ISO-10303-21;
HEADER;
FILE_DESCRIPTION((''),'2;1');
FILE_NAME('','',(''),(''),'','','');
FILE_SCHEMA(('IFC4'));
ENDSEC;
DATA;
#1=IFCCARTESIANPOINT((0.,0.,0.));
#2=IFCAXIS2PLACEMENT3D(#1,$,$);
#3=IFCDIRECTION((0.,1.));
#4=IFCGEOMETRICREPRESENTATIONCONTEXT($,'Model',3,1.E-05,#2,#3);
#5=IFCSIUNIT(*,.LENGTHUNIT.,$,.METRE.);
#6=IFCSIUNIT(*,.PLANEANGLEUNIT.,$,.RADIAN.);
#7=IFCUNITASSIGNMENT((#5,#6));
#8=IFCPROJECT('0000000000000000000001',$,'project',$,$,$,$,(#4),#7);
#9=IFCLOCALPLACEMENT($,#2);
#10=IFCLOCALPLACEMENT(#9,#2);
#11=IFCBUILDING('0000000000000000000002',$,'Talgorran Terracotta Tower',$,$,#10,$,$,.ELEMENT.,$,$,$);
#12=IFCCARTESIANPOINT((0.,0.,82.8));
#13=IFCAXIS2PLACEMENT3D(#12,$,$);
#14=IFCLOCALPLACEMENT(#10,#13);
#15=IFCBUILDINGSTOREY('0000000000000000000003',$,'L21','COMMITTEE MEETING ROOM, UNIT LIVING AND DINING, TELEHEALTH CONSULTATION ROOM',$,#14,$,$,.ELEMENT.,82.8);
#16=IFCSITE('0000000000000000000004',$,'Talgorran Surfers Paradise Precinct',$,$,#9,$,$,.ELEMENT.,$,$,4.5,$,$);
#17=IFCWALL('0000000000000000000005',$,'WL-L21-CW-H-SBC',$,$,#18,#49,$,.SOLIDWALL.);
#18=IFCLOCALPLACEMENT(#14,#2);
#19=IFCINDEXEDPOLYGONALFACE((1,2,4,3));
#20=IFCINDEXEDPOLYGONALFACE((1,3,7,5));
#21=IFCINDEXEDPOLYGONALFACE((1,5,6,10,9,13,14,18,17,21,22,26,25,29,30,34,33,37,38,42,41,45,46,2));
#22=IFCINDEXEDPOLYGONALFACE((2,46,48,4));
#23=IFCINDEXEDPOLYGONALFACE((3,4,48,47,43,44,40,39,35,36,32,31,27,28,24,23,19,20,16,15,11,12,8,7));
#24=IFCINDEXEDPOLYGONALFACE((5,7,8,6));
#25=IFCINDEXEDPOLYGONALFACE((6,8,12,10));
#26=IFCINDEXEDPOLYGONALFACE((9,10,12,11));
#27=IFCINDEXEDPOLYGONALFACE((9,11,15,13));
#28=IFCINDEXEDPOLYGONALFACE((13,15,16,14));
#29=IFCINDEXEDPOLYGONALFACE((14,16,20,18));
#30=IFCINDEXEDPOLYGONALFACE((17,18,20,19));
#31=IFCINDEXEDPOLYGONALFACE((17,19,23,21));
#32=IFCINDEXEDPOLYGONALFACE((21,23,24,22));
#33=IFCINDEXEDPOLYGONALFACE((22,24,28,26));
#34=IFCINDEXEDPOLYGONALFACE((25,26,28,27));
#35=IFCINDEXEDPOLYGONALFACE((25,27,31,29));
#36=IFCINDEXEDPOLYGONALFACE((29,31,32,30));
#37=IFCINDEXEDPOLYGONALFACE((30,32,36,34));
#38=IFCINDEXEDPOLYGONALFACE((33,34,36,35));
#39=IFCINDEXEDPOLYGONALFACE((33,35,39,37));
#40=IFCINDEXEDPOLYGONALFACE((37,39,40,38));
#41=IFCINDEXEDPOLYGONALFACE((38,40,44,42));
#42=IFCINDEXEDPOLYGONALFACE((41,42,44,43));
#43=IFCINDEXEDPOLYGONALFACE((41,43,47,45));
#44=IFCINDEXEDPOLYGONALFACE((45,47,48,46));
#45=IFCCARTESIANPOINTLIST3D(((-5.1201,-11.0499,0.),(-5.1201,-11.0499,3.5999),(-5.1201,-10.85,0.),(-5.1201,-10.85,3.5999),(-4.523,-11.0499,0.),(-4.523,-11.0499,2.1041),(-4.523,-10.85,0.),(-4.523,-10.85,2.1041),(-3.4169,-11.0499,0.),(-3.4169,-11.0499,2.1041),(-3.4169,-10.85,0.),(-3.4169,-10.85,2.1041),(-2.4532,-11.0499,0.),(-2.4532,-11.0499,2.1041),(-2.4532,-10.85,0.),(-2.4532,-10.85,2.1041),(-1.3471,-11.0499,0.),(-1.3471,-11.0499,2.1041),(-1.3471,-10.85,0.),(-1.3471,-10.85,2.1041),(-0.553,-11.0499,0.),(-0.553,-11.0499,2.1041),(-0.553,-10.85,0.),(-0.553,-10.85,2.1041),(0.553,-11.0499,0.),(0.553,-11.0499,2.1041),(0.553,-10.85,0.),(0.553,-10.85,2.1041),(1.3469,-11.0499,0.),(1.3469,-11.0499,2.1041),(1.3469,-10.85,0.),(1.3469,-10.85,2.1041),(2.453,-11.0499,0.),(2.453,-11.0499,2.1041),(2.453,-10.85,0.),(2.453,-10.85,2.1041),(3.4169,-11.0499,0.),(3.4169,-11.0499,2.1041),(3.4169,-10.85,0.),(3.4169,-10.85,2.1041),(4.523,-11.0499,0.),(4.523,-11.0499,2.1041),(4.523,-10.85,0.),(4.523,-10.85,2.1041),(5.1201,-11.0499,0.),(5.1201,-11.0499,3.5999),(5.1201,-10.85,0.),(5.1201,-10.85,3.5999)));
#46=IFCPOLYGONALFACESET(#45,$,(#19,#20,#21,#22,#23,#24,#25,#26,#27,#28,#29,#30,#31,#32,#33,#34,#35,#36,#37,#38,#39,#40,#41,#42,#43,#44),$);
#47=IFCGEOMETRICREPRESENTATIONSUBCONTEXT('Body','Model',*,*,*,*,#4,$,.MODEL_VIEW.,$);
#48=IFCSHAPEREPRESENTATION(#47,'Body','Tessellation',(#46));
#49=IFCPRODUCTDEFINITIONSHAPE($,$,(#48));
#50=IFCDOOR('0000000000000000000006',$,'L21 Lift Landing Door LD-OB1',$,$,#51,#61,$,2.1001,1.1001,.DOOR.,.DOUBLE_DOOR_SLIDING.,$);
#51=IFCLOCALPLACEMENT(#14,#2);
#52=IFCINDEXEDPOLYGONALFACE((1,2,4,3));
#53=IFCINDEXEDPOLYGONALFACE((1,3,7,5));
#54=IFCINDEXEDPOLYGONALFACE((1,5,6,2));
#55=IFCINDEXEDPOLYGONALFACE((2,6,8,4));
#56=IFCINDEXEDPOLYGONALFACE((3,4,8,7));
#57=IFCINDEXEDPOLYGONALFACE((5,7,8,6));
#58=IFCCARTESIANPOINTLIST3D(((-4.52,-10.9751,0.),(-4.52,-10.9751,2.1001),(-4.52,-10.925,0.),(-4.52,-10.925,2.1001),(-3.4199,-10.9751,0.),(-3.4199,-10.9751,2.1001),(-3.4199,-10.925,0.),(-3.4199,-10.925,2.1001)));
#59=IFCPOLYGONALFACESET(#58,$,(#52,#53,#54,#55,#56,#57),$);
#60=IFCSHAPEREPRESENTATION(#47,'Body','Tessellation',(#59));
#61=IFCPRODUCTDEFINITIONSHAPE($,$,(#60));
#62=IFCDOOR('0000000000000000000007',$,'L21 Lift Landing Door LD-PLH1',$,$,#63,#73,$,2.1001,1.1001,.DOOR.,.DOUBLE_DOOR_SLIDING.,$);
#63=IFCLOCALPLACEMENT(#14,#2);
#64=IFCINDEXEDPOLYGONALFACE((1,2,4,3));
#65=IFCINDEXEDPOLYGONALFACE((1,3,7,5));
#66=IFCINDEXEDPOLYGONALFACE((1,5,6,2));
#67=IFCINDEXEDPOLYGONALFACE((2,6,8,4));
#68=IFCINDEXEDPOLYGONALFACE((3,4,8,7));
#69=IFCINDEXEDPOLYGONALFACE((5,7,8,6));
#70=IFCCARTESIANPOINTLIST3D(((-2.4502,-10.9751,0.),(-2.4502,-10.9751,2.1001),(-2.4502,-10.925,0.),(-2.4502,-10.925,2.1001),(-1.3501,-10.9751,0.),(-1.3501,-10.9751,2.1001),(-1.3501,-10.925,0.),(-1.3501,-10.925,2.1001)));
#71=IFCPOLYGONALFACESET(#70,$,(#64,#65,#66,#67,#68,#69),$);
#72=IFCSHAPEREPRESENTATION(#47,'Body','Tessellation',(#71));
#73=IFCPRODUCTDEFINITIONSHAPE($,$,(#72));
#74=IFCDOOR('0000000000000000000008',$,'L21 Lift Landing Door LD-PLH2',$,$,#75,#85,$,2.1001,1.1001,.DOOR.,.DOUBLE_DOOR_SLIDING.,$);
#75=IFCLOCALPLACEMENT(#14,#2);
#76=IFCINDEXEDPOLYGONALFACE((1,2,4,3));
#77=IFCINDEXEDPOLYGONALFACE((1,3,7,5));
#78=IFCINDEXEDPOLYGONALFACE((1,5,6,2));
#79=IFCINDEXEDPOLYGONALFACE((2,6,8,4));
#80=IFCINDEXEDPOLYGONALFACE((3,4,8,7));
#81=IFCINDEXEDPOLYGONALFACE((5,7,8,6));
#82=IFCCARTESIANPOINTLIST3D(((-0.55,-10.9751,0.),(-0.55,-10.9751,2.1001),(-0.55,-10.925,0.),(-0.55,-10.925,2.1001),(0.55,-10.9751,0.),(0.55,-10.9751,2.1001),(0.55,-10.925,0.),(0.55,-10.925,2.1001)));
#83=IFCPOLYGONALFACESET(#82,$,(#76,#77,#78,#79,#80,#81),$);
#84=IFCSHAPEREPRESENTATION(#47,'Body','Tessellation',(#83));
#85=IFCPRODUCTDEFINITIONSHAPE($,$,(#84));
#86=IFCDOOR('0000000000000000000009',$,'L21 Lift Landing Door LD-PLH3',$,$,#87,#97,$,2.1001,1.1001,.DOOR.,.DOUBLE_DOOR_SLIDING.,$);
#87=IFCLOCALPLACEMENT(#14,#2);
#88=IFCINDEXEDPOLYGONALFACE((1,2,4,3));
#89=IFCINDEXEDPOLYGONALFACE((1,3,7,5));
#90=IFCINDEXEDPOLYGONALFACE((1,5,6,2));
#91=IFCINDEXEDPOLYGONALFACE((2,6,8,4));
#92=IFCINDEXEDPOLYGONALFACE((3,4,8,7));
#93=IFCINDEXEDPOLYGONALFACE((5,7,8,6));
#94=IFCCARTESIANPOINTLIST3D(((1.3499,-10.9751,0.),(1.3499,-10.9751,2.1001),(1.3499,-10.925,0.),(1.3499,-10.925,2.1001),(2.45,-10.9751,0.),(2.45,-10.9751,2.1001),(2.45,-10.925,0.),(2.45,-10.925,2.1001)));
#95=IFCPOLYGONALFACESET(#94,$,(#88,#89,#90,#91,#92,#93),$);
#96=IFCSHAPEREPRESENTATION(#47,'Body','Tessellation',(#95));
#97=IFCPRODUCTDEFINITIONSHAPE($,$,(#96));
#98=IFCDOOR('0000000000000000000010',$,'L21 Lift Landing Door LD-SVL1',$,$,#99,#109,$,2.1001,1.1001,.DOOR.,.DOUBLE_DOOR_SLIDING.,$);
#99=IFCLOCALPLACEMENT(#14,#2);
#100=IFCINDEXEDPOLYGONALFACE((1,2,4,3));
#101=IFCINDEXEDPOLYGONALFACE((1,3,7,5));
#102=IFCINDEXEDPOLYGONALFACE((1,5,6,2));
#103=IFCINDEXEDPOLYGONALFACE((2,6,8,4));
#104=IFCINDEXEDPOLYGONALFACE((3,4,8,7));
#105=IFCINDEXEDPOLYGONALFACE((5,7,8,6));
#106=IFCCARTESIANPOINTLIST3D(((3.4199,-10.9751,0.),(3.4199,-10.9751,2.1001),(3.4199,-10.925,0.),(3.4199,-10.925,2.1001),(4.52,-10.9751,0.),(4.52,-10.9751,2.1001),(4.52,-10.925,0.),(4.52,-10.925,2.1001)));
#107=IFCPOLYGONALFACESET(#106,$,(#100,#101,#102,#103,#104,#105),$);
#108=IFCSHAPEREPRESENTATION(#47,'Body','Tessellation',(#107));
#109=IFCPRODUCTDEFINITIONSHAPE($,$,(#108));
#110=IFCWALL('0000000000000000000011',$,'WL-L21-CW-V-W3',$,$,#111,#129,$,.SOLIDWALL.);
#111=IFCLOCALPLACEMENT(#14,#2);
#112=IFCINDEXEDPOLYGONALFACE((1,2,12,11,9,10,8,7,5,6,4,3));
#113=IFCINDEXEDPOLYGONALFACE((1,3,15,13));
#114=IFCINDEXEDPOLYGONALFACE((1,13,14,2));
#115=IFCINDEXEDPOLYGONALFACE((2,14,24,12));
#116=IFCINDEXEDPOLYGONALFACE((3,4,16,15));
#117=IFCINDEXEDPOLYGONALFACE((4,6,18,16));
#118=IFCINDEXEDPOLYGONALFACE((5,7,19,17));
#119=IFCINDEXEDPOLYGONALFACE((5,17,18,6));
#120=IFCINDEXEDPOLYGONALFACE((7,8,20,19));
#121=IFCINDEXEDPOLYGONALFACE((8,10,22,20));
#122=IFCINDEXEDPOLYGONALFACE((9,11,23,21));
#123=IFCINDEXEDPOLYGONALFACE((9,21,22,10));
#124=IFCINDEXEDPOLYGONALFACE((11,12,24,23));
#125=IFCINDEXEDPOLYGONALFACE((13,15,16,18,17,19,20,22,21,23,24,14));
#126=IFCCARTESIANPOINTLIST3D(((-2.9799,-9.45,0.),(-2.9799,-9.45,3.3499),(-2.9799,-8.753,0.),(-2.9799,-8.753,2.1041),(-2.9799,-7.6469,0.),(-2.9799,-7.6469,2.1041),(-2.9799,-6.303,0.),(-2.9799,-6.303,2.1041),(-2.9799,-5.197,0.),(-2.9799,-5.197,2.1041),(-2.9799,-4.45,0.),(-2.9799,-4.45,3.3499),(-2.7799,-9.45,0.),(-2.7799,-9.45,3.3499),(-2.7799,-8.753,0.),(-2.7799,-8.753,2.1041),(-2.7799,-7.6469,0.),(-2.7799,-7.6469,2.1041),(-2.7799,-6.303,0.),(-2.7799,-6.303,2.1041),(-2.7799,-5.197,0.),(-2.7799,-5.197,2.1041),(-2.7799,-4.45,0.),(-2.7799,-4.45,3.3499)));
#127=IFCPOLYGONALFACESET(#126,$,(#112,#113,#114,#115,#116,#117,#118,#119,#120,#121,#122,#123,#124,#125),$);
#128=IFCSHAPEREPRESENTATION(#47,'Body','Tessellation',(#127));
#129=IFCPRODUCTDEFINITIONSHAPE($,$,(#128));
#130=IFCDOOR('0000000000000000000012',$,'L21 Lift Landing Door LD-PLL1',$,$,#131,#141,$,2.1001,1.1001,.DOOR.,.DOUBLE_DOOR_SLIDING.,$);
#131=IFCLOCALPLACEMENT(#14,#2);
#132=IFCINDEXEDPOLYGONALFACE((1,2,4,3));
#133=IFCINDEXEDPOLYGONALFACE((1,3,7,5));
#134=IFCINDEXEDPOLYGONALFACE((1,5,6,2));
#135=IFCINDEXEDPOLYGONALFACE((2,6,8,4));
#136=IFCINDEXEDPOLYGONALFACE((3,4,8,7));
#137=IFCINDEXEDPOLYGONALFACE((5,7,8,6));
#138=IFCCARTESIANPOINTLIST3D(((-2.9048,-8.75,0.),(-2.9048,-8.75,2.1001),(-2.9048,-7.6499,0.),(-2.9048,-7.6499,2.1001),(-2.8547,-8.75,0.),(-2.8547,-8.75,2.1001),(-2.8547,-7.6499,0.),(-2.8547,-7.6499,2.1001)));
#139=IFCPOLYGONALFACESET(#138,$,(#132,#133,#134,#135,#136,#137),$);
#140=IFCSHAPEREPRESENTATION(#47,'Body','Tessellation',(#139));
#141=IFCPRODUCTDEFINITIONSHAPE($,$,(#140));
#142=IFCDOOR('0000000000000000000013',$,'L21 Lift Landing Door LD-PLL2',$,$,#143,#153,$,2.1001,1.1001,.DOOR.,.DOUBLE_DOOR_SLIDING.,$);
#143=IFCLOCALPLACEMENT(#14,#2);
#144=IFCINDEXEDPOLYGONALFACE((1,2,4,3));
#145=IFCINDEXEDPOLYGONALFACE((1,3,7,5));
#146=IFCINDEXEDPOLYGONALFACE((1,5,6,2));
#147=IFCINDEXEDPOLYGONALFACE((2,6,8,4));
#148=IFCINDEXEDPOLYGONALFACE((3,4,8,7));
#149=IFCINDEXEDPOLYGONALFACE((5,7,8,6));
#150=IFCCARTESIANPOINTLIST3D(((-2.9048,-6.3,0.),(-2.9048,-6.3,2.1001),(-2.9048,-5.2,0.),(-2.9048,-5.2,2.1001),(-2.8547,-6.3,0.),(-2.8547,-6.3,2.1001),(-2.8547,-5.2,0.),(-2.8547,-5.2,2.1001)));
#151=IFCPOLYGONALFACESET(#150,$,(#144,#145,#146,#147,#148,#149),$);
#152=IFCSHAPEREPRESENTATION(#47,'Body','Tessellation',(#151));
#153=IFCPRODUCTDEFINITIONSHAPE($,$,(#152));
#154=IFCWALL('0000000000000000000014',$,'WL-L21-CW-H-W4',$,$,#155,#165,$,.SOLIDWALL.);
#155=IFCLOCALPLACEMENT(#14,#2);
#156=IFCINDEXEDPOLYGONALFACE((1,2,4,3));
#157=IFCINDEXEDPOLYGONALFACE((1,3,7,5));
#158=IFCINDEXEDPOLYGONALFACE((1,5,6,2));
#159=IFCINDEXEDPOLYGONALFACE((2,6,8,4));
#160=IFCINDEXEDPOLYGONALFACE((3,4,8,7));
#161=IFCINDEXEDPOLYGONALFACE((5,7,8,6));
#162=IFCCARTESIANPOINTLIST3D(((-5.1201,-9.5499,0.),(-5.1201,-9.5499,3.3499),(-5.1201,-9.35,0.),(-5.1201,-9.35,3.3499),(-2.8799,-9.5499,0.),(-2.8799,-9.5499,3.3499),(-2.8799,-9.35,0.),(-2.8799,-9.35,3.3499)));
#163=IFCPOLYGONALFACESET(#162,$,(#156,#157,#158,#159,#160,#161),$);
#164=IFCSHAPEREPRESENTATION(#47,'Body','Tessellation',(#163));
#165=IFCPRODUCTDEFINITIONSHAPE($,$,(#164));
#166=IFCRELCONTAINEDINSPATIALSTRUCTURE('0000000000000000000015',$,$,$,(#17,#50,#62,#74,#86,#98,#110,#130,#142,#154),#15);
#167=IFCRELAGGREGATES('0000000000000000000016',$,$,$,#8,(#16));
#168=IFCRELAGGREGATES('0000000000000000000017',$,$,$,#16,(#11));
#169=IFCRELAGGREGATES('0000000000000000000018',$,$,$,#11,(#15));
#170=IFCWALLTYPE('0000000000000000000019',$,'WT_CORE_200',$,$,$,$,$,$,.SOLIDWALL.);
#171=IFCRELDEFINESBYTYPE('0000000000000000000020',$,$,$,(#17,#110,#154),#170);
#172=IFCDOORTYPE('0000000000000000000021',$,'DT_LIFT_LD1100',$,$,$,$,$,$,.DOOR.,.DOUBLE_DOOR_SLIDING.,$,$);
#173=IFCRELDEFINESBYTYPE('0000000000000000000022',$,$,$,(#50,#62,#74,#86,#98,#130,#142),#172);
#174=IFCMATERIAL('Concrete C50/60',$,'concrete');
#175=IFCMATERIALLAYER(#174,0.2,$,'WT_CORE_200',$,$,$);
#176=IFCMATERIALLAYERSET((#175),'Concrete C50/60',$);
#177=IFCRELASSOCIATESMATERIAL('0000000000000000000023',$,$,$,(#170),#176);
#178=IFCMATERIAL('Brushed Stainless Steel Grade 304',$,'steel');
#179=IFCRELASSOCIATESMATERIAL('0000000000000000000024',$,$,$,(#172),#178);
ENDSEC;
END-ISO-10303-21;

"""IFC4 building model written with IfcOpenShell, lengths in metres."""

from ifc_helpers import new_model, si_unit, direction, frame, frame_2d, origin, place, context, subcontext, project, spatial, rectangle, extrude, material, layer, layer_set, type_object, element, fill, save


model = new_model("IFC4")

# Units and contexts
model_context = context("Model", 3, precision=1e-05, world=origin(), true_north=direction((0.0, 1.0)))
body_context = subcontext(model_context, "Body", "Model", "MODEL_VIEW")
ifc_project = project(units=[si_unit("LENGTHUNIT", "METRE"), si_unit("PLANEANGLEUNIT", "RADIAN")], contexts=[model_context])

# Site, building, storey
site_placement = place(None, origin())
site = spatial("IfcSite", under=ifc_project, at=site_placement, Name="Talgorran Surfers Paradise Precinct", CompositionType="ELEMENT", RefElevation=4.5)
building_placement = place(site_placement, origin())
building = spatial("IfcBuilding", under=site, at=building_placement, Name="Talgorran Terracotta Tower", CompositionType="ELEMENT")
storey_placement = place(building_placement, frame((0.0, 0.0, 82.8)))
storey = spatial("IfcBuildingStorey", under=building, at=storey_placement, Name="L21", Description="COMMITTEE MEETING ROOM, UNIT LIVING AND DINING, TELEHEALTH CONSULTATION ROOM", CompositionType="ELEMENT", Elevation=82.8)

# Shared definitions
ifc_material_1 = material(Name="Concrete C50/60", Category="concrete")
ifc_layer_1 = layer(ifc_material_1, 0.2, Name="WT_CORE_200")
ifc_layer_set_1 = layer_set([ifc_layer_1], Name="Concrete C50/60")
wall_type_1 = type_object("IfcWallType", Name="WT_CORE_200", PredefinedType="SOLIDWALL", material=ifc_layer_set_1)

# Walls, openings, doors
ifc_material_2 = material(Name="Brushed Stainless Steel Grade 304", Category="steel")
door_type_1 = type_object("IfcDoorType", Name="DT_LIFT_LD1100", OperationType="DOUBLE_DOOR_SLIDING", PredefinedType="DOOR", material=ifc_material_2)
wall_1_placement = place(storey_placement, frame((-5.1201, -10.95, 0.0), z_axis=(0.0, 0.0, 1.0), x_axis=(1.0, 0.0, 0.0)))
wall_1 = element("IfcWall", 1, at=wall_1_placement, inside=storey, type_object=wall_type_1, Name="WL-L21-CW-H-SBC", PredefinedType="SOLIDWALL", context=body_context, shape_type="SweptSolid", body=[
    extrude(rectangle(XDim=10.2402, YDim=0.2, at=frame_2d((5.1201, 0.0))), origin(), (0.0, 0.0, 1.0), 3.5999),
])
opening_1_placement = place(wall_1_placement, frame((0.6001, 0.0, 0.0)))
opening_1 = element("IfcOpeningElement", 2, at=opening_1_placement, cuts=wall_1, PredefinedType="OPENING", context=body_context, shape_type="SweptSolid", body=[
    extrude(rectangle(XDim=1.1061, YDim=2.1041, at=frame_2d((0.55, 1.052))), frame((0.0, 0.1099, 0.0), z_axis=(0.0, -1.0, 0.0), x_axis=(1.0, 0.0, 0.0)), (0.0, 0.0, 1.0), 0.22),
])
opening_2_placement = place(wall_1_placement, frame((2.6699, 0.0, 0.0)))
opening_2 = element("IfcOpeningElement", 3, at=opening_2_placement, cuts=wall_1, PredefinedType="OPENING", context=body_context, shape_type="SweptSolid", body=[
    extrude(rectangle(XDim=1.1061, YDim=2.1041, at=frame_2d((0.55, 1.052))), frame((0.0, 0.1099, 0.0), z_axis=(0.0, -1.0, 0.0), x_axis=(1.0, 0.0, 0.0)), (0.0, 0.0, 1.0), 0.22),
])
opening_3_placement = place(wall_1_placement, frame((4.5701, 0.0, 0.0)))
opening_3 = element("IfcOpeningElement", 4, at=opening_3_placement, cuts=wall_1, PredefinedType="OPENING", context=body_context, shape_type="SweptSolid", body=[
    extrude(rectangle(XDim=1.1061, YDim=2.1041, at=frame_2d((0.55, 1.052))), frame((0.0, 0.1099, 0.0), z_axis=(0.0, -1.0, 0.0), x_axis=(1.0, 0.0, 0.0)), (0.0, 0.0, 1.0), 0.22),
])
opening_4_placement = place(wall_1_placement, frame((6.47, 0.0, 0.0)))
opening_4 = element("IfcOpeningElement", 5, at=opening_4_placement, cuts=wall_1, PredefinedType="OPENING", context=body_context, shape_type="SweptSolid", body=[
    extrude(rectangle(XDim=1.1061, YDim=2.1041, at=frame_2d((0.55, 1.052))), frame((0.0, 0.1099, 0.0), z_axis=(0.0, -1.0, 0.0), x_axis=(1.0, 0.0, 0.0)), (0.0, 0.0, 1.0), 0.22),
])
opening_5_placement = place(wall_1_placement, frame((8.54, 0.0, 0.0)))
opening_5 = element("IfcOpeningElement", 6, at=opening_5_placement, cuts=wall_1, PredefinedType="OPENING", context=body_context, shape_type="SweptSolid", body=[
    extrude(rectangle(XDim=1.1061, YDim=2.1041, at=frame_2d((0.55, 1.052))), frame((0.0, 0.1099, 0.0), z_axis=(0.0, -1.0, 0.0), x_axis=(1.0, 0.0, 0.0)), (0.0, 0.0, 1.0), 0.22),
])
door_1_placement = place(opening_1_placement, origin())
door_1 = element("IfcDoor", 7, at=door_1_placement, inside=storey, type_object=door_type_1, Name="L21 Lift Landing Door LD-OB1", OperationType="DOUBLE_DOOR_SLIDING", OverallHeight=2.1001, OverallWidth=1.1001, PredefinedType="DOOR", context=body_context, shape_type="SweptSolid", body=[
    extrude(rectangle(XDim=1.1001, YDim=2.1001, at=frame_2d((0.55, 1.05))), frame((0.0, 0.0249, 0.0), z_axis=(0.0, -1.0, 0.0), x_axis=(1.0, 0.0, 0.0)), (0.0, 0.0, 1.0), 0.05),
])
fill(opening_1, door_1)
door_2_placement = place(opening_2_placement, origin())
door_2 = element("IfcDoor", 8, at=door_2_placement, inside=storey, type_object=door_type_1, Name="L21 Lift Landing Door LD-PLH1", OperationType="DOUBLE_DOOR_SLIDING", OverallHeight=2.1001, OverallWidth=1.1001, PredefinedType="DOOR", context=body_context, shape_type="SweptSolid", body=[
    extrude(rectangle(XDim=1.1001, YDim=2.1001, at=frame_2d((0.55, 1.05))), frame((0.0, 0.0249, 0.0), z_axis=(0.0, -1.0, 0.0), x_axis=(1.0, 0.0, 0.0)), (0.0, 0.0, 1.0), 0.05),
])
fill(opening_2, door_2)
door_3_placement = place(opening_3_placement, origin())
door_3 = element("IfcDoor", 9, at=door_3_placement, inside=storey, type_object=door_type_1, Name="L21 Lift Landing Door LD-PLH2", OperationType="DOUBLE_DOOR_SLIDING", OverallHeight=2.1001, OverallWidth=1.1001, PredefinedType="DOOR", context=body_context, shape_type="SweptSolid", body=[
    extrude(rectangle(XDim=1.1001, YDim=2.1001, at=frame_2d((0.55, 1.05))), frame((0.0, 0.0249, 0.0), z_axis=(0.0, -1.0, 0.0), x_axis=(1.0, 0.0, 0.0)), (0.0, 0.0, 1.0), 0.05),
])
fill(opening_3, door_3)
door_4_placement = place(opening_4_placement, origin())
door_4 = element("IfcDoor", 10, at=door_4_placement, inside=storey, type_object=door_type_1, Name="L21 Lift Landing Door LD-PLH3", OperationType="DOUBLE_DOOR_SLIDING", OverallHeight=2.1001, OverallWidth=1.1001, PredefinedType="DOOR", context=body_context, shape_type="SweptSolid", body=[
    extrude(rectangle(XDim=1.1001, YDim=2.1001, at=frame_2d((0.55, 1.05))), frame((0.0, 0.0249, 0.0), z_axis=(0.0, -1.0, 0.0), x_axis=(1.0, 0.0, 0.0)), (0.0, 0.0, 1.0), 0.05),
])
fill(opening_4, door_4)
door_5_placement = place(opening_5_placement, origin())
door_5 = element("IfcDoor", 11, at=door_5_placement, inside=storey, type_object=door_type_1, Name="L21 Lift Landing Door LD-SVL1", OperationType="DOUBLE_DOOR_SLIDING", OverallHeight=2.1001, OverallWidth=1.1001, PredefinedType="DOOR", context=body_context, shape_type="SweptSolid", body=[
    extrude(rectangle(XDim=1.1001, YDim=2.1001, at=frame_2d((0.55, 1.05))), frame((0.0, 0.0249, 0.0), z_axis=(0.0, -1.0, 0.0), x_axis=(1.0, 0.0, 0.0)), (0.0, 0.0, 1.0), 0.05),
])
fill(opening_5, door_5)
wall_2_placement = place(storey_placement, frame((-2.8799, -9.45, 0.0), z_axis=(0.0, 0.0, 1.0), x_axis=(0.0, 1.0, 0.0)))
wall_2 = element("IfcWall", 12, at=wall_2_placement, inside=storey, type_object=wall_type_1, Name="WL-L21-CW-V-W3", PredefinedType="SOLIDWALL", context=body_context, shape_type="SweptSolid", body=[
    extrude(rectangle(XDim=5.0, YDim=0.2, at=frame_2d((2.5, 0.0))), origin(), (0.0, 0.0, 1.0), 3.3499),
])
opening_6_placement = place(wall_2_placement, frame((0.7, 0.0, 0.0)))
opening_6 = element("IfcOpeningElement", 13, at=opening_6_placement, cuts=wall_2, PredefinedType="OPENING", context=body_context, shape_type="SweptSolid", body=[
    extrude(rectangle(XDim=1.1061, YDim=2.1041, at=frame_2d((0.55, 1.052))), frame((0.0, 0.1099, 0.0), z_axis=(0.0, -1.0, 0.0), x_axis=(1.0, 0.0, 0.0)), (0.0, 0.0, 1.0), 0.22),
])
opening_7_placement = place(wall_2_placement, frame((3.1499, 0.0, 0.0)))
opening_7 = element("IfcOpeningElement", 14, at=opening_7_placement, cuts=wall_2, PredefinedType="OPENING", context=body_context, shape_type="SweptSolid", body=[
    extrude(rectangle(XDim=1.1061, YDim=2.1041, at=frame_2d((0.55, 1.052))), frame((0.0, 0.1099, 0.0), z_axis=(0.0, -1.0, 0.0), x_axis=(1.0, 0.0, 0.0)), (0.0, 0.0, 1.0), 0.22),
])
door_6_placement = place(opening_6_placement, origin())
door_6 = element("IfcDoor", 15, at=door_6_placement, inside=storey, type_object=door_type_1, Name="L21 Lift Landing Door LD-PLL1", OperationType="DOUBLE_DOOR_SLIDING", OverallHeight=2.1001, OverallWidth=1.1001, PredefinedType="DOOR", context=body_context, shape_type="SweptSolid", body=[
    extrude(rectangle(XDim=1.1001, YDim=2.1001, at=frame_2d((0.55, 1.05))), frame((0.0, 0.0249, 0.0), z_axis=(0.0, -1.0, 0.0), x_axis=(1.0, 0.0, 0.0)), (0.0, 0.0, 1.0), 0.05),
])
fill(opening_6, door_6)
door_7_placement = place(opening_7_placement, origin())
door_7 = element("IfcDoor", 16, at=door_7_placement, inside=storey, type_object=door_type_1, Name="L21 Lift Landing Door LD-PLL2", OperationType="DOUBLE_DOOR_SLIDING", OverallHeight=2.1001, OverallWidth=1.1001, PredefinedType="DOOR", context=body_context, shape_type="SweptSolid", body=[
    extrude(rectangle(XDim=1.1001, YDim=2.1001, at=frame_2d((0.55, 1.05))), frame((0.0, 0.0249, 0.0), z_axis=(0.0, -1.0, 0.0), x_axis=(1.0, 0.0, 0.0)), (0.0, 0.0, 1.0), 0.05),
])
fill(opening_7, door_7)

# Wall
wall_3_placement = place(storey_placement, frame((-5.1201, -9.45, 0.0), z_axis=(0.0, 0.0, 1.0), x_axis=(1.0, 0.0, 0.0)))
element("IfcWall", 17, at=wall_3_placement, inside=storey, type_object=wall_type_1, Name="WL-L21-CW-H-W4", PredefinedType="SOLIDWALL", context=body_context, shape_type="SweptSolid", body=[
    extrude(rectangle(XDim=2.2402, YDim=0.2, at=frame_2d((1.1201, 0.0))), origin(), (0.0, 0.0, 1.0), 3.3499),
])

save(model, "model.ifc")
